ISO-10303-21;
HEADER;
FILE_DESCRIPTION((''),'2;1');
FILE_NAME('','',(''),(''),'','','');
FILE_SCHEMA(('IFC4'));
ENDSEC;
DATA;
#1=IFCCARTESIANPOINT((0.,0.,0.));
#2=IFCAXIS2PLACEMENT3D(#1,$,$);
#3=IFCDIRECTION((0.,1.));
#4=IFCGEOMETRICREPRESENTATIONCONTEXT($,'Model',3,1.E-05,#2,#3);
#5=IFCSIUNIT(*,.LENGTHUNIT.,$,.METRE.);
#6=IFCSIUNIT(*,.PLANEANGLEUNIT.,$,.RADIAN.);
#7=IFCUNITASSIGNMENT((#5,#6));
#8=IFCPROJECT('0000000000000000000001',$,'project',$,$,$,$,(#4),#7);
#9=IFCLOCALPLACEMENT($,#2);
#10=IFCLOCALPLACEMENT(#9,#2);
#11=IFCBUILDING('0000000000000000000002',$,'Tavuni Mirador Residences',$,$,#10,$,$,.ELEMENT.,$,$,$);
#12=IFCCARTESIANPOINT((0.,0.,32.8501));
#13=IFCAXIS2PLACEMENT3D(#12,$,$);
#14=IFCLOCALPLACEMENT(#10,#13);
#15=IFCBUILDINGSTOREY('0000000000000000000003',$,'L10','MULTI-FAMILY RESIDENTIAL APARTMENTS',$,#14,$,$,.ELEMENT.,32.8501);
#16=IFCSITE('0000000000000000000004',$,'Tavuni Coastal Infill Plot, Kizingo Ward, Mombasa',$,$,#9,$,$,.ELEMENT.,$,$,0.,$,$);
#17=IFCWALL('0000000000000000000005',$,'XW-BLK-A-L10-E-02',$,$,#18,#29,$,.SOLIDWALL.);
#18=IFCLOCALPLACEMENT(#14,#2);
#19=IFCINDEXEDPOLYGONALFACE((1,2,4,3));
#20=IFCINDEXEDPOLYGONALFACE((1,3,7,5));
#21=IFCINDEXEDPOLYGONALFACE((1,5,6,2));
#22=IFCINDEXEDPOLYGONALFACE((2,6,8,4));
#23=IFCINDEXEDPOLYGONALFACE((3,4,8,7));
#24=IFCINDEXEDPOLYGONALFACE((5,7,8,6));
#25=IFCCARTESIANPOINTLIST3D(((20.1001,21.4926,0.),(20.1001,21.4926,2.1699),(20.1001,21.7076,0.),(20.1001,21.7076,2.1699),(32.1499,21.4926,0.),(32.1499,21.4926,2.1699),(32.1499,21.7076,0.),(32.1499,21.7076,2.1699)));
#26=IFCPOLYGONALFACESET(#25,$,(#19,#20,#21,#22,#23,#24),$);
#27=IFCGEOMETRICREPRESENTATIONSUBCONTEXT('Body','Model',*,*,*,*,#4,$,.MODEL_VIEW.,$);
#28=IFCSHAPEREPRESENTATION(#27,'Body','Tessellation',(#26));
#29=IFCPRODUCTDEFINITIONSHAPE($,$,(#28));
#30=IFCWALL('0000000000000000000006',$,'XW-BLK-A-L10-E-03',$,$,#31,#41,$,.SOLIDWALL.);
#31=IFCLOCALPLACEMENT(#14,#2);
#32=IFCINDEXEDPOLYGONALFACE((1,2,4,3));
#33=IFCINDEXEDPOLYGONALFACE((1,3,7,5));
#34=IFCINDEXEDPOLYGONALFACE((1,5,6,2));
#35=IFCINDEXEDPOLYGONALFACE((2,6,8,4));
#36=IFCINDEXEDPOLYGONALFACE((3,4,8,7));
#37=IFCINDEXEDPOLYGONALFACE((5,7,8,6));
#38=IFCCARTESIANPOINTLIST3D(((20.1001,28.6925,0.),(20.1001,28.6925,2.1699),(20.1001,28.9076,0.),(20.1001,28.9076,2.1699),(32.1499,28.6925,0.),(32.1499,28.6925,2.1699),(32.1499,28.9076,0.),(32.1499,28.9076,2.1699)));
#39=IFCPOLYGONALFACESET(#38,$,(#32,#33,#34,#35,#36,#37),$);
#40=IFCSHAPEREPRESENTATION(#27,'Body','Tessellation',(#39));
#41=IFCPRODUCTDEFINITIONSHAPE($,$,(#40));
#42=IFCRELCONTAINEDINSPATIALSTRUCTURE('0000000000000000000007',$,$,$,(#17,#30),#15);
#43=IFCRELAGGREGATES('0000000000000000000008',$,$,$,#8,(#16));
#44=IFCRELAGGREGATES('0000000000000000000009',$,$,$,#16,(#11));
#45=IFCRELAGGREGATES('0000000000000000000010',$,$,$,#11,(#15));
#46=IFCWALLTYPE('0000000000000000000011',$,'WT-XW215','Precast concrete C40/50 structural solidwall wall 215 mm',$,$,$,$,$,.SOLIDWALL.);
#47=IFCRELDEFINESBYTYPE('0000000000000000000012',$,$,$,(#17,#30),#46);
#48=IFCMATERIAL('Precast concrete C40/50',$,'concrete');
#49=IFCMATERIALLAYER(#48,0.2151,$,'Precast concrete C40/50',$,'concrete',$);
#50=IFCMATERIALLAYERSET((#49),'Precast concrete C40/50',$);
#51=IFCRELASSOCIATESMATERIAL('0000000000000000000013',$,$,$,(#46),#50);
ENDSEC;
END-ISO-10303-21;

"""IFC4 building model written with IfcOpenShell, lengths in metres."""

from ifc_helpers import new_model, si_unit, direction, frame, frame_2d, origin, place, context, subcontext, project, spatial, rectangle, extrude, material, layer, layer_set, type_object, element, save


model = new_model("IFC4")

# Units and contexts
model_context = context("Model", 3, precision=1e-05, world=origin(), true_north=direction((0.0, 1.0)))
body_context = subcontext(model_context, "Body", "Model", "MODEL_VIEW")
ifc_project = project(units=[si_unit("LENGTHUNIT", "METRE"), si_unit("PLANEANGLEUNIT", "RADIAN")], contexts=[model_context])

# Site, building, storey
site_placement = place(None, origin())
site = spatial("IfcSite", under=ifc_project, at=site_placement, Name="Tavuni Coastal Infill Plot, Kizingo Ward, Mombasa", CompositionType="ELEMENT", RefElevation=0.0)
building_placement = place(site_placement, origin())
building = spatial("IfcBuilding", under=site, at=building_placement, Name="Tavuni Mirador Residences", CompositionType="ELEMENT")
storey_placement = place(building_placement, frame((0.0, 0.0, 32.8501)))
storey = spatial("IfcBuildingStorey", under=building, at=storey_placement, Name="L10", Description="MULTI-FAMILY RESIDENTIAL APARTMENTS", CompositionType="ELEMENT", Elevation=32.8501)

# Shared definitions
ifc_material_1 = material(Name="Precast concrete C40/50", Category="concrete")

# Walls
ifc_layer_1 = layer(ifc_material_1, 0.2151, Name="Precast concrete C40/50", Category="concrete")
ifc_layer_set_1 = layer_set([ifc_layer_1], Name="Precast concrete C40/50")
wall_type_1 = type_object("IfcWallType", Name="WT-XW215", Description="Precast concrete C40/50 structural solidwall wall 215 mm", PredefinedType="SOLIDWALL", material=ifc_layer_set_1)
for number, where, z_axis, x_axis, name in (
    (1, (20.1001, 21.6001, 0.0), (0.0, 0.0, 1.0), (1.0, 0.0, 0.0), "XW-BLK-A-L10-E-02"),
    (2, (20.1001, 28.8, 0.0), (0.0, 0.0, 1.0), (1.0, 0.0, 0.0), "XW-BLK-A-L10-E-03"),
):
    element("IfcWall", number, at=place(storey_placement, frame(where, z_axis=z_axis, x_axis=x_axis)), inside=storey, type_object=wall_type_1, Name=name, PredefinedType="SOLIDWALL", context=body_context, shape_type="SweptSolid", body=[
        extrude(rectangle(XDim=12.0498, YDim=0.2151, at=frame_2d((6.0249, 0.0))), origin(), (0.0, 0.0, 1.0), 2.1699),
    ])

save(model, "model.ifc")
